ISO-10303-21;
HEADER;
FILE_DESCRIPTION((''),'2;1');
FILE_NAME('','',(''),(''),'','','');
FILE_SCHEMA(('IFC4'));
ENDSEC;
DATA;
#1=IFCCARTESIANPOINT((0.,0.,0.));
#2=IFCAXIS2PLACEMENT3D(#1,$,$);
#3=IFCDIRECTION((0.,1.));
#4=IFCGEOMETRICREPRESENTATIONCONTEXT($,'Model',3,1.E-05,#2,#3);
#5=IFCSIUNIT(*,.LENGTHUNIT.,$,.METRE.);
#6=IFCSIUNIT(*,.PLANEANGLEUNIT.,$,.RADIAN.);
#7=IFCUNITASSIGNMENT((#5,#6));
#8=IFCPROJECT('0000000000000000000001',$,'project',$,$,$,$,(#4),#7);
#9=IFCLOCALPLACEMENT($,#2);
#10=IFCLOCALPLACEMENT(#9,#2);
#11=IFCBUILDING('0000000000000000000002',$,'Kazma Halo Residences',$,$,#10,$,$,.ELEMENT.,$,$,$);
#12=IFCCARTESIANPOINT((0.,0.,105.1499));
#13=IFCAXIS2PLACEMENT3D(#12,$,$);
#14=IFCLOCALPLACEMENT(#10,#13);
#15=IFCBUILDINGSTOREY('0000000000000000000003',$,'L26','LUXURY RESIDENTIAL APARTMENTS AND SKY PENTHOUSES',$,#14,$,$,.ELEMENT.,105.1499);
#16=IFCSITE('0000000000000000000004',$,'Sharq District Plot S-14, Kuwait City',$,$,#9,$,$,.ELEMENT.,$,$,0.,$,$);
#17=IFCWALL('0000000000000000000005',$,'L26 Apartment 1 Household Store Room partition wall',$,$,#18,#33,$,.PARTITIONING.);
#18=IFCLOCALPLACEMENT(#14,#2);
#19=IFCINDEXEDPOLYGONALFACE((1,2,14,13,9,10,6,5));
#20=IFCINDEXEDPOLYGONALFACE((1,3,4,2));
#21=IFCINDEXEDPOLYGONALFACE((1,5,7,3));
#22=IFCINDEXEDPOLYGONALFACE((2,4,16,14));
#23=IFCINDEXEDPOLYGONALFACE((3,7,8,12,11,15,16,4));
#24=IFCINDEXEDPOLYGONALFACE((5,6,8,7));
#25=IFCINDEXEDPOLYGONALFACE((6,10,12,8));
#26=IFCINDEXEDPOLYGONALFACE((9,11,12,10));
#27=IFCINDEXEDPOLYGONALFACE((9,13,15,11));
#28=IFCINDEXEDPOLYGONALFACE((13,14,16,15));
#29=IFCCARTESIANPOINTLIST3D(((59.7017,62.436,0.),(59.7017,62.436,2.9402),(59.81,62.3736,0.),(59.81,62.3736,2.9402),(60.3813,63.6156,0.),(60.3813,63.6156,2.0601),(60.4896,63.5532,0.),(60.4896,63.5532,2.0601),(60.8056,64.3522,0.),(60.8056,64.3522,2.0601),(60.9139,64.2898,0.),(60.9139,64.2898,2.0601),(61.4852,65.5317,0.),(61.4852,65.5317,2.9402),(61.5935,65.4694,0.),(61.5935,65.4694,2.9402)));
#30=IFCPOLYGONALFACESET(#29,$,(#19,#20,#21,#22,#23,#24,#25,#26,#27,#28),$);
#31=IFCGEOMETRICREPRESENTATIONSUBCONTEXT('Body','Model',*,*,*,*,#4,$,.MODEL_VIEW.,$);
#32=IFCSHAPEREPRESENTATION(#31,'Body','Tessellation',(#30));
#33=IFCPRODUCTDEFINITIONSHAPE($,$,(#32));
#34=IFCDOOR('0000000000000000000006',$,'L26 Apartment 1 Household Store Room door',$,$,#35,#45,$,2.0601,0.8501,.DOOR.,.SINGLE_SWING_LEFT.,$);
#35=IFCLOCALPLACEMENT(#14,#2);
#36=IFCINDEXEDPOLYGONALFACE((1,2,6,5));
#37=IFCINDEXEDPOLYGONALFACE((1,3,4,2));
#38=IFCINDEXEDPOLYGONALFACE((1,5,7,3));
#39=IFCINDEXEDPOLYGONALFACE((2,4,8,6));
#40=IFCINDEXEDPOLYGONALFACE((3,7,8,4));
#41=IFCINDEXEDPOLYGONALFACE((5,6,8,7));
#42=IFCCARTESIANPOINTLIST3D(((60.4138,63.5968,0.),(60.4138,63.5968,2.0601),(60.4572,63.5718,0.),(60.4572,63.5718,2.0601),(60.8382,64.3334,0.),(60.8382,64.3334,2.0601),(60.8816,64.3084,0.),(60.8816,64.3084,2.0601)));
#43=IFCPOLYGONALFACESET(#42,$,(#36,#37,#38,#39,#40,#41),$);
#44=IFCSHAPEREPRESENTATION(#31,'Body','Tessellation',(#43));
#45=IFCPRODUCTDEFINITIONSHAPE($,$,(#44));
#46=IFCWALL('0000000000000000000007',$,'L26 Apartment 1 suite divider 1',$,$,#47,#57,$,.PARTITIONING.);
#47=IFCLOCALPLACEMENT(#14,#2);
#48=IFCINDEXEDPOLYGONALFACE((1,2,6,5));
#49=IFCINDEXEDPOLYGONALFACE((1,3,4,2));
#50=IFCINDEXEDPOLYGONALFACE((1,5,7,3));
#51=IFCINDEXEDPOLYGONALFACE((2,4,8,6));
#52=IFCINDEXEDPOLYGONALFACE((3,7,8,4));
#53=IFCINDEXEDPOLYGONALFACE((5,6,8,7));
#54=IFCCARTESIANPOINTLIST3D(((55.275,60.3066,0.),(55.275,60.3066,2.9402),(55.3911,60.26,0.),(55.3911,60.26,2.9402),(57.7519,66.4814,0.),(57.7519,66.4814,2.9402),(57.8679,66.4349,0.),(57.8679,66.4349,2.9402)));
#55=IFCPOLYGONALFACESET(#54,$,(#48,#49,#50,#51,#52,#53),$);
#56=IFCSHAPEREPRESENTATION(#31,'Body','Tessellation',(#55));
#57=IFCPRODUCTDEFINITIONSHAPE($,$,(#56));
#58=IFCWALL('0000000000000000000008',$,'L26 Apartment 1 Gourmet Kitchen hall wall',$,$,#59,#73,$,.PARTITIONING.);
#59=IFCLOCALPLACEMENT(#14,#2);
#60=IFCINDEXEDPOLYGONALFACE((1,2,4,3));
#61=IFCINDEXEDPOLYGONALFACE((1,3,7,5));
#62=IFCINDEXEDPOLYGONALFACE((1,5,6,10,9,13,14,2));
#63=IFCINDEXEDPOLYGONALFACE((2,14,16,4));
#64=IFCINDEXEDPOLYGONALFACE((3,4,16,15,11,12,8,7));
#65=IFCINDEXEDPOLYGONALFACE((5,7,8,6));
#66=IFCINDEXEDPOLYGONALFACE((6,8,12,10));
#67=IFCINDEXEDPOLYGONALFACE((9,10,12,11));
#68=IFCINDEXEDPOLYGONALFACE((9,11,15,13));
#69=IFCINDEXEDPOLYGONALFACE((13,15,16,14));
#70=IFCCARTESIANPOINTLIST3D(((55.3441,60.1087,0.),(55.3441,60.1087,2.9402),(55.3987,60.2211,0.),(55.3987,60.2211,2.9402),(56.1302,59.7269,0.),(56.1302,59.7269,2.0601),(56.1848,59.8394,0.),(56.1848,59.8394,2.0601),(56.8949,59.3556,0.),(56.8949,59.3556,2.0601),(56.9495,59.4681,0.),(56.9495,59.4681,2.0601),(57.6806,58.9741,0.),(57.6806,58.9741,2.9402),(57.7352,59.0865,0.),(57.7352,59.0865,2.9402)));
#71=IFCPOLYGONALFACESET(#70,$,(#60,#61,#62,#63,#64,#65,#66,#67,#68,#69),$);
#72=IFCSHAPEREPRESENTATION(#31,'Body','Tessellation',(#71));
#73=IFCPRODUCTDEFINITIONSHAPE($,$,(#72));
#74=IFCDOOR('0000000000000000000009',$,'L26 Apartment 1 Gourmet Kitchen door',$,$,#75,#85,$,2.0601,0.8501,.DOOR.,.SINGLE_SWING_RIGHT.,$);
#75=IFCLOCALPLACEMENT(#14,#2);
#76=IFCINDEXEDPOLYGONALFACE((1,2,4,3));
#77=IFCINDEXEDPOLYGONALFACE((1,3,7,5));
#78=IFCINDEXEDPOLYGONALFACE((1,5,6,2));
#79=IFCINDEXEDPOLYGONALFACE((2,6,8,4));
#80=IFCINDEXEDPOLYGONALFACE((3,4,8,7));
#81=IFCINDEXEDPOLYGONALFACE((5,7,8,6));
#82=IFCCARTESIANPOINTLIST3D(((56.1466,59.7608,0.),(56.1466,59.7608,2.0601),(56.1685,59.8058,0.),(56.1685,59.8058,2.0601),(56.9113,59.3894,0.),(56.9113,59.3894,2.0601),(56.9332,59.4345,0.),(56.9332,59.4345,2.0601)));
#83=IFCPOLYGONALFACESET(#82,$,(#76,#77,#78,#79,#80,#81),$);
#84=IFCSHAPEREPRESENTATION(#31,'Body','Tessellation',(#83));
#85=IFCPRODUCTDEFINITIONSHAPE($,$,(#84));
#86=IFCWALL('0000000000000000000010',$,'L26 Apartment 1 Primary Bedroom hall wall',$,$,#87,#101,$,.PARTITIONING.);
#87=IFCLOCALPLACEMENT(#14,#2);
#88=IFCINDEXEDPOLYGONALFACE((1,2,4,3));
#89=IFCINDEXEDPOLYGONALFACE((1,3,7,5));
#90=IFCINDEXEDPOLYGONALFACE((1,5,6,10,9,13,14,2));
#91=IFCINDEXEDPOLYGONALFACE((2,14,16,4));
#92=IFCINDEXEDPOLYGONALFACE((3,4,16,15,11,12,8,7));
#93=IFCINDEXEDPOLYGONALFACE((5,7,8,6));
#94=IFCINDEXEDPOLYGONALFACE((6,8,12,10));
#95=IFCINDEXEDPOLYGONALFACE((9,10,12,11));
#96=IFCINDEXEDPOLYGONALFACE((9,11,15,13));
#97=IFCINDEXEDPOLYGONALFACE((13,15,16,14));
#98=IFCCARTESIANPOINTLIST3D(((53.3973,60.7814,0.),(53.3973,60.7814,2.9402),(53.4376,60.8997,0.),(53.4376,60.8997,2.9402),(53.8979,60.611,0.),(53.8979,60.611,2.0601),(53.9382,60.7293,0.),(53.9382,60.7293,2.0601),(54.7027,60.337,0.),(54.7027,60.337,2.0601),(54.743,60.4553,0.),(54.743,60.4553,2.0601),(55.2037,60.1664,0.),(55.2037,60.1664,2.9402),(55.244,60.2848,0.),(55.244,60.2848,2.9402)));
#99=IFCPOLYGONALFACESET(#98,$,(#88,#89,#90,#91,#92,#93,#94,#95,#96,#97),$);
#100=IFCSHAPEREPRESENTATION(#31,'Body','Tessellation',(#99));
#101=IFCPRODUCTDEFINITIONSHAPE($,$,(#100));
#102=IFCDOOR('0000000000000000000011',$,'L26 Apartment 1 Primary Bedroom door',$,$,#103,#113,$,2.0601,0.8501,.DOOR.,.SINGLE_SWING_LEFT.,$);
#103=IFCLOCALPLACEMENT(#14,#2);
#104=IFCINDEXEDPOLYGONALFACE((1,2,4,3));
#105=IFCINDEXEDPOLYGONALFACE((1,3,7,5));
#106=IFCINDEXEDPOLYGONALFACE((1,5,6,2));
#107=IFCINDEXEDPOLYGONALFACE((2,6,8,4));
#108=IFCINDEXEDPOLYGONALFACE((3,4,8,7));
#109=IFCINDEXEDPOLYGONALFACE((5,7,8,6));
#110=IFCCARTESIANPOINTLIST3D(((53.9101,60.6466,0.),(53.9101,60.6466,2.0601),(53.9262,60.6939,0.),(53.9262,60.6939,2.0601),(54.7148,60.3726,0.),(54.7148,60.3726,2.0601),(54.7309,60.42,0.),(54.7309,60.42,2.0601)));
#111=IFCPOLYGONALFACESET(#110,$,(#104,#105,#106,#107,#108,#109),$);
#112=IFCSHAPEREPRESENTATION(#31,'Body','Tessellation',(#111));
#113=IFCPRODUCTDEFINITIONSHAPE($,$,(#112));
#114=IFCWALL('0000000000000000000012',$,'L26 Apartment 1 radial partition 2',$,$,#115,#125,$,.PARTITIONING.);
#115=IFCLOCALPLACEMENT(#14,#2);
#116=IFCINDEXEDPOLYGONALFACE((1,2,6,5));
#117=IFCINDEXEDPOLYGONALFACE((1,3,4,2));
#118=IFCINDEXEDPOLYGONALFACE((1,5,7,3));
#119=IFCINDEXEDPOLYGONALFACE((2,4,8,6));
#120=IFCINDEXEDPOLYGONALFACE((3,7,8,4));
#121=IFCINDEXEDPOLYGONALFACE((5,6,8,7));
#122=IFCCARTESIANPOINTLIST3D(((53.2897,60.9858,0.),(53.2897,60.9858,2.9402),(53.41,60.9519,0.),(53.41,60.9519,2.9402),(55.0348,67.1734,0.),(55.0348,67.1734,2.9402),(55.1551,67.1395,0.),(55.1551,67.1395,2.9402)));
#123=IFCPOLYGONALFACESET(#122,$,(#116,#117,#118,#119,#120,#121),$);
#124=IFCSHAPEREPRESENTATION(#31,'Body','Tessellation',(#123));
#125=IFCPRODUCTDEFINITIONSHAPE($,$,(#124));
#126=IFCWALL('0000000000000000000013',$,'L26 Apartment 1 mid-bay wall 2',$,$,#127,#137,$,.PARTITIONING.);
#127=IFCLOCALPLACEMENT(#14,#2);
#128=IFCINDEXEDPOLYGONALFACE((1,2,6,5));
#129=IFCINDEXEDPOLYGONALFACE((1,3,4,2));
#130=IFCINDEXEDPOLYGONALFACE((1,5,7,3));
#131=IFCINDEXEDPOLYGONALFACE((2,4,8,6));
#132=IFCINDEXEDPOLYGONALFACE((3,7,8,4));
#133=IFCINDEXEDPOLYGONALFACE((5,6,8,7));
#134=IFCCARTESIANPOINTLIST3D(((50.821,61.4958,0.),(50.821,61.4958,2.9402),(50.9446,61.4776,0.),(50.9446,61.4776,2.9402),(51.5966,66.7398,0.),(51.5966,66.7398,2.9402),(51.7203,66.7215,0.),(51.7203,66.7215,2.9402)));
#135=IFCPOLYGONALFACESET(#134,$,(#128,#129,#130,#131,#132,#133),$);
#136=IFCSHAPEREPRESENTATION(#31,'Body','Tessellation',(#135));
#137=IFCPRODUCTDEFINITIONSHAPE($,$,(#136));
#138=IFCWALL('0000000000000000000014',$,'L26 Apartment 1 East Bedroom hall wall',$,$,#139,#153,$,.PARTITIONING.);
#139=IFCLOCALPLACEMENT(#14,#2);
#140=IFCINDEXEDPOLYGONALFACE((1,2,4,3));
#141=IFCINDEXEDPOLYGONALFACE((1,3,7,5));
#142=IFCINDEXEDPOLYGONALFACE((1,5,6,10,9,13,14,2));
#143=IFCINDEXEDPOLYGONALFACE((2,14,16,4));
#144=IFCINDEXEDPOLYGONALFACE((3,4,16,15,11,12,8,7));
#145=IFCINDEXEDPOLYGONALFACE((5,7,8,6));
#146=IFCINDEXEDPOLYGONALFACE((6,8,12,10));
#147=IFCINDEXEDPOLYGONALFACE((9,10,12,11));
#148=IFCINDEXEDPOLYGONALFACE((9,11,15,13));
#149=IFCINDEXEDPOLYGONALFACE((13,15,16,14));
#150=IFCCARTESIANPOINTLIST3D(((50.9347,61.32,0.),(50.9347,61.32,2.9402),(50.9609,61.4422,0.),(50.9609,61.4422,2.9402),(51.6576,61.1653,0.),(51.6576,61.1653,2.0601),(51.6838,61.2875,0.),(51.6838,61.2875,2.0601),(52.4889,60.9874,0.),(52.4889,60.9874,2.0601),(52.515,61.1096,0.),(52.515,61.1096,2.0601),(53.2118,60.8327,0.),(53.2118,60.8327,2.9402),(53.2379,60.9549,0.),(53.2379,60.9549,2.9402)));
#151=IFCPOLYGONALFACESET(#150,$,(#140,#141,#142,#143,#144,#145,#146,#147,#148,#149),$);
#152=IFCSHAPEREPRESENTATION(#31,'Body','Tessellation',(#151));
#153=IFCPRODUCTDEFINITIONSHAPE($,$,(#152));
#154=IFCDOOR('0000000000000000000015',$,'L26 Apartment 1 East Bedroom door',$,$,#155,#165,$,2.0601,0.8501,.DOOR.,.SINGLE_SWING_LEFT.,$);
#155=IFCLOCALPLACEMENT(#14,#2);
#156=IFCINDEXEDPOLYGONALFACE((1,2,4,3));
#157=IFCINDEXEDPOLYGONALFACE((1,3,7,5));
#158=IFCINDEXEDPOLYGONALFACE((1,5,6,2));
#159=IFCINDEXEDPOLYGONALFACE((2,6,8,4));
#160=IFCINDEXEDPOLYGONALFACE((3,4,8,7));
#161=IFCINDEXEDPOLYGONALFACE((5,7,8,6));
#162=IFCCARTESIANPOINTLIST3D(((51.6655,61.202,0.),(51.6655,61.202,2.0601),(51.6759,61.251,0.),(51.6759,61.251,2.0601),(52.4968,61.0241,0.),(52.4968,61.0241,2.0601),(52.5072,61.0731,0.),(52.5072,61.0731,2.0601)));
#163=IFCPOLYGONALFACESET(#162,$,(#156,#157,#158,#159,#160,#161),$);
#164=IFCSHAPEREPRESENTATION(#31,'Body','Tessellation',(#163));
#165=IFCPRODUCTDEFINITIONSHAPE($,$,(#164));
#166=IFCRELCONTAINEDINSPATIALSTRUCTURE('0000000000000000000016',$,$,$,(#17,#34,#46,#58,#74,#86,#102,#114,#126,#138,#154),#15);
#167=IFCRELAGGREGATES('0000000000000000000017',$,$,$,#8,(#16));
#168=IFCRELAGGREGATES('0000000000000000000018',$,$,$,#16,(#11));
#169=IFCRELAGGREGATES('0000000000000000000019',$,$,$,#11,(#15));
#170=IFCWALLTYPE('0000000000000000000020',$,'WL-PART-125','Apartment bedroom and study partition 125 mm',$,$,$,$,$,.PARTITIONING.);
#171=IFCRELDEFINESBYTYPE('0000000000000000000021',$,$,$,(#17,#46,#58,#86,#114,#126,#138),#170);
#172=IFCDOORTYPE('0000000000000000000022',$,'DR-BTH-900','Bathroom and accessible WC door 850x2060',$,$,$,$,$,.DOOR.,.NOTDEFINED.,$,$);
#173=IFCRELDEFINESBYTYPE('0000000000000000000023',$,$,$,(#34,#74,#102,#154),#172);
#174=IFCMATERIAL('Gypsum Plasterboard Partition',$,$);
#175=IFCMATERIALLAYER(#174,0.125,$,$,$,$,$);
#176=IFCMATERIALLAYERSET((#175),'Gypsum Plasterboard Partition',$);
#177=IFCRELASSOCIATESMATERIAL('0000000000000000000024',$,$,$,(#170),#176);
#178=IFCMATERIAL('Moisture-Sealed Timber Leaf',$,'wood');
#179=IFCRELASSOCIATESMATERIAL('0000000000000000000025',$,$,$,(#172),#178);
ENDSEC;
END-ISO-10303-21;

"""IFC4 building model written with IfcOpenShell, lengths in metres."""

from ifc_helpers import new_model, si_unit, direction, frame, frame_2d, origin, place, context, subcontext, project, spatial, rectangle, extrude, material, layer, layer_set, type_object, element, fill, save


model = new_model("IFC4")

# Units and contexts
model_context = context("Model", 3, precision=1e-05, world=origin(), true_north=direction((0.0, 1.0)))
body_context = subcontext(model_context, "Body", "Model", "MODEL_VIEW")
ifc_project = project(units=[si_unit("LENGTHUNIT", "METRE"), si_unit("PLANEANGLEUNIT", "RADIAN")], contexts=[model_context])

# Site, building, storey
site_placement = place(None, origin())
site = spatial("IfcSite", under=ifc_project, at=site_placement, Name="Sharq District Plot S-14, Kuwait City", CompositionType="ELEMENT", RefElevation=0.0)
building_placement = place(site_placement, origin())
building = spatial("IfcBuilding", under=site, at=building_placement, Name="Kazma Halo Residences", CompositionType="ELEMENT")
storey_placement = place(building_placement, frame((0.0, 0.0, 105.1499)))
storey = spatial("IfcBuildingStorey", under=building, at=storey_placement, Name="L26", Description="LUXURY RESIDENTIAL APARTMENTS AND SKY PENTHOUSES", CompositionType="ELEMENT", Elevation=105.1499)

# Wall, opening, door
ifc_material_1 = material(Name="Gypsum Plasterboard Partition")
ifc_layer_1 = layer(ifc_material_1, 0.125)
ifc_layer_set_1 = layer_set([ifc_layer_1], Name="Gypsum Plasterboard Partition")
wall_type_1 = type_object("IfcWallType", Name="WL-PART-125", Description="Apartment bedroom and study partition 125 mm", PredefinedType="PARTITIONING", material=ifc_layer_set_1)
wall_1_placement = place(storey_placement, frame((59.7559, 62.4048, 0.0), z_axis=(0.0, 0.0, 1.0), x_axis=(0.49919, 0.866493, 0.0)))
wall_1 = element("IfcWall", 1, at=wall_1_placement, inside=storey, type_object=wall_type_1, Name="L26 Apartment 1 Household Store Room partition wall", PredefinedType="PARTITIONING", context=body_context, shape_type="SweptSolid", body=[
    extrude(rectangle(XDim=3.5728, YDim=0.125, at=frame_2d((1.7864, 0.0))), origin(), (0.0, 0.0, 1.0), 2.9402),
])
opening_1_placement = place(wall_1_placement, frame((1.3613, 0.0, 0.0)))
opening_1 = element("IfcOpeningElement", 2, at=opening_1_placement, cuts=wall_1, PredefinedType="OPENING", context=body_context, shape_type="SweptSolid", body=[
    extrude(rectangle(XDim=0.8501, YDim=2.0601, at=frame_2d((0.425, 1.03))), frame((0.0, 0.0725, 0.0), z_axis=(0.0, -1.0, 0.0), x_axis=(1.0, 0.0, 0.0)), (0.0, 0.0, 1.0), 0.145),
])
ifc_material_2 = material(Name="Moisture-Sealed Timber Leaf", Category="wood")
door_type_1 = type_object("IfcDoorType", Name="DR-BTH-900", Description="Bathroom and accessible WC door 850x2060", OperationType="NOTDEFINED", PredefinedType="DOOR", material=ifc_material_2)
door_1_placement = place(opening_1_placement, origin())
door_1 = element("IfcDoor", 3, at=door_1_placement, inside=storey, type_object=door_type_1, Name="L26 Apartment 1 Household Store Room door", OperationType="SINGLE_SWING_LEFT", OverallHeight=2.0601, OverallWidth=0.8501, PredefinedType="DOOR", context=body_context, shape_type="SweptSolid", body=[
    extrude(rectangle(XDim=0.8501, YDim=2.0601, at=frame_2d((0.425, 1.03))), frame((0.0, 0.0249, 0.0), z_axis=(0.0, -1.0, 0.0), x_axis=(1.0, 0.0, 0.0)), (0.0, 0.0, 1.0), 0.05),
])
fill(opening_1, door_1)

# Wall
wall_2_placement = place(storey_placement, frame((55.333, 60.2832, 0.0), z_axis=(0.0, 0.0, 1.0), x_axis=(0.372283, 0.928119, 0.0)))
element("IfcWall", 4, at=wall_2_placement, inside=storey, type_object=wall_type_1, Name="L26 Apartment 1 suite divider 1", PredefinedType="PARTITIONING", context=body_context, shape_type="SweptSolid", body=[
    extrude(rectangle(XDim=6.6531, YDim=0.125, at=frame_2d((3.3267, 0.0))), origin(), (0.0, 0.0, 1.0), 2.9402),
])

# Walls, openings, doors
wall_3_placement = place(storey_placement, frame((57.708, 59.0303, 0.0), z_axis=(0.0, 0.0, 1.0), x_axis=(-0.899556, 0.436806, 0.0)))
wall_3 = element("IfcWall", 5, at=wall_3_placement, inside=storey, type_object=wall_type_1, Name="L26 Apartment 1 Gourmet Kitchen hall wall", PredefinedType="PARTITIONING", context=body_context, shape_type="SweptSolid", body=[
    extrude(rectangle(XDim=2.5974, YDim=0.125, at=frame_2d((1.2988, 0.0))), origin(), (0.0, 0.0, 1.0), 2.9402),
])
opening_2_placement = place(wall_3_placement, frame((0.8735, 0.0, 0.0)))
opening_2 = element("IfcOpeningElement", 6, at=opening_2_placement, cuts=wall_3, PredefinedType="OPENING", context=body_context, shape_type="SweptSolid", body=[
    extrude(rectangle(XDim=0.8501, YDim=2.0601, at=frame_2d((0.425, 1.03))), frame((0.0, 0.0725, 0.0), z_axis=(0.0, -1.0, 0.0), x_axis=(1.0, 0.0, 0.0)), (0.0, 0.0, 1.0), 0.145),
])
door_2_placement = place(opening_2_placement, origin())
door_2 = element("IfcDoor", 7, at=door_2_placement, inside=storey, type_object=door_type_1, Name="L26 Apartment 1 Gourmet Kitchen door", OperationType="SINGLE_SWING_RIGHT", OverallHeight=2.0601, OverallWidth=0.8501, PredefinedType="DOOR", context=body_context, shape_type="SweptSolid", body=[
    extrude(rectangle(XDim=0.8501, YDim=2.0601, at=frame_2d((0.425, 1.03))), frame((0.0, 0.0249, 0.0), z_axis=(0.0, -1.0, 0.0), x_axis=(1.0, 0.0, 0.0)), (0.0, 0.0, 1.0), 0.05),
])
fill(opening_2, door_2)
wall_4_placement = place(storey_placement, frame((55.2239, 60.2256, 0.0), z_axis=(0.0, 0.0, 1.0), x_axis=(-0.946642, 0.322286, 0.0)))
wall_4 = element("IfcWall", 8, at=wall_4_placement, inside=storey, type_object=wall_type_1, Name="L26 Apartment 1 Primary Bedroom hall wall", PredefinedType="PARTITIONING", context=body_context, shape_type="SweptSolid", body=[
    extrude(rectangle(XDim=1.9082, YDim=0.125, at=frame_2d((0.9541, 0.0))), origin(), (0.0, 0.0, 1.0), 2.9402),
])
opening_3_placement = place(wall_4_placement, frame((0.5293, 0.0, 0.0)))
opening_3 = element("IfcOpeningElement", 9, at=opening_3_placement, cuts=wall_4, PredefinedType="OPENING", context=body_context, shape_type="SweptSolid", body=[
    extrude(rectangle(XDim=0.8501, YDim=2.0601, at=frame_2d((0.425, 1.03))), frame((0.0, 0.0725, 0.0), z_axis=(0.0, -1.0, 0.0), x_axis=(1.0, 0.0, 0.0)), (0.0, 0.0, 1.0), 0.145),
])
door_3_placement = place(opening_3_placement, origin())
door_3 = element("IfcDoor", 10, at=door_3_placement, inside=storey, type_object=door_type_1, Name="L26 Apartment 1 Primary Bedroom door", OperationType="SINGLE_SWING_LEFT", OverallHeight=2.0601, OverallWidth=0.8501, PredefinedType="DOOR", context=body_context, shape_type="SweptSolid", body=[
    extrude(rectangle(XDim=0.8501, YDim=2.0601, at=frame_2d((0.425, 1.03))), frame((0.0, 0.0249, 0.0), z_axis=(0.0, -1.0, 0.0), x_axis=(1.0, 0.0, 0.0)), (0.0, 0.0, 1.0), 0.05),
])
fill(opening_3, door_3)

# Walls
wall_5_placement = place(storey_placement, frame((53.3499, 60.969, 0.0), z_axis=(0.0, 0.0, 1.0), x_axis=(0.271449, 0.962453, 0.0)))
element("IfcWall", 11, at=wall_5_placement, inside=storey, type_object=wall_type_1, Name="L26 Apartment 1 radial partition 2", PredefinedType="PARTITIONING", context=body_context, shape_type="SweptSolid", body=[
    extrude(rectangle(XDim=6.429, YDim=0.125, at=frame_2d((3.2144, 0.0))), origin(), (0.0, 0.0, 1.0), 2.9402),
])
wall_6_placement = place(storey_placement, frame((50.8828, 61.4868, 0.0), z_axis=(0.0, 0.0, 1.0), x_axis=(0.14632, 0.989237, 0.0)))
element("IfcWall", 12, at=wall_6_placement, inside=storey, type_object=wall_type_1, Name="L26 Apartment 1 mid-bay wall 2", PredefinedType="PARTITIONING", context=body_context, shape_type="SweptSolid", body=[
    extrude(rectangle(XDim=5.301, YDim=0.125, at=frame_2d((2.6504, 0.0))), origin(), (0.0, 0.0, 1.0), 2.9402),
])

# Wall, opening, door
wall_7_placement = place(storey_placement, frame((53.2249, 60.8938, 0.0), z_axis=(0.0, 0.0, 1.0), x_axis=(-0.977859, 0.209264, 0.0)))
wall_7 = element("IfcWall", 13, at=wall_7_placement, inside=storey, type_object=wall_type_1, Name="L26 Apartment 1 East Bedroom hall wall", PredefinedType="PARTITIONING", context=body_context, shape_type="SweptSolid", body=[
    extrude(rectangle(XDim=2.3286, YDim=0.125, at=frame_2d((1.1643, 0.0))), origin(), (0.0, 0.0, 1.0), 2.9402),
])
opening_4_placement = place(wall_7_placement, frame((0.7393, 0.0, 0.0)))
opening_4 = element("IfcOpeningElement", 14, at=opening_4_placement, cuts=wall_7, PredefinedType="OPENING", context=body_context, shape_type="SweptSolid", body=[
    extrude(rectangle(XDim=0.8501, YDim=2.0601, at=frame_2d((0.425, 1.03))), frame((0.0, 0.0725, 0.0), z_axis=(0.0, -1.0, 0.0), x_axis=(1.0, 0.0, 0.0)), (0.0, 0.0, 1.0), 0.145),
])
door_4_placement = place(opening_4_placement, origin())
door_4 = element("IfcDoor", 15, at=door_4_placement, inside=storey, type_object=door_type_1, Name="L26 Apartment 1 East Bedroom door", OperationType="SINGLE_SWING_LEFT", OverallHeight=2.0601, OverallWidth=0.8501, PredefinedType="DOOR", context=body_context, shape_type="SweptSolid", body=[
    extrude(rectangle(XDim=0.8501, YDim=2.0601, at=frame_2d((0.425, 1.03))), frame((0.0, 0.0249, 0.0), z_axis=(0.0, -1.0, 0.0), x_axis=(1.0, 0.0, 0.0)), (0.0, 0.0, 1.0), 0.05),
])
fill(opening_4, door_4)

save(model, "model.ifc")
